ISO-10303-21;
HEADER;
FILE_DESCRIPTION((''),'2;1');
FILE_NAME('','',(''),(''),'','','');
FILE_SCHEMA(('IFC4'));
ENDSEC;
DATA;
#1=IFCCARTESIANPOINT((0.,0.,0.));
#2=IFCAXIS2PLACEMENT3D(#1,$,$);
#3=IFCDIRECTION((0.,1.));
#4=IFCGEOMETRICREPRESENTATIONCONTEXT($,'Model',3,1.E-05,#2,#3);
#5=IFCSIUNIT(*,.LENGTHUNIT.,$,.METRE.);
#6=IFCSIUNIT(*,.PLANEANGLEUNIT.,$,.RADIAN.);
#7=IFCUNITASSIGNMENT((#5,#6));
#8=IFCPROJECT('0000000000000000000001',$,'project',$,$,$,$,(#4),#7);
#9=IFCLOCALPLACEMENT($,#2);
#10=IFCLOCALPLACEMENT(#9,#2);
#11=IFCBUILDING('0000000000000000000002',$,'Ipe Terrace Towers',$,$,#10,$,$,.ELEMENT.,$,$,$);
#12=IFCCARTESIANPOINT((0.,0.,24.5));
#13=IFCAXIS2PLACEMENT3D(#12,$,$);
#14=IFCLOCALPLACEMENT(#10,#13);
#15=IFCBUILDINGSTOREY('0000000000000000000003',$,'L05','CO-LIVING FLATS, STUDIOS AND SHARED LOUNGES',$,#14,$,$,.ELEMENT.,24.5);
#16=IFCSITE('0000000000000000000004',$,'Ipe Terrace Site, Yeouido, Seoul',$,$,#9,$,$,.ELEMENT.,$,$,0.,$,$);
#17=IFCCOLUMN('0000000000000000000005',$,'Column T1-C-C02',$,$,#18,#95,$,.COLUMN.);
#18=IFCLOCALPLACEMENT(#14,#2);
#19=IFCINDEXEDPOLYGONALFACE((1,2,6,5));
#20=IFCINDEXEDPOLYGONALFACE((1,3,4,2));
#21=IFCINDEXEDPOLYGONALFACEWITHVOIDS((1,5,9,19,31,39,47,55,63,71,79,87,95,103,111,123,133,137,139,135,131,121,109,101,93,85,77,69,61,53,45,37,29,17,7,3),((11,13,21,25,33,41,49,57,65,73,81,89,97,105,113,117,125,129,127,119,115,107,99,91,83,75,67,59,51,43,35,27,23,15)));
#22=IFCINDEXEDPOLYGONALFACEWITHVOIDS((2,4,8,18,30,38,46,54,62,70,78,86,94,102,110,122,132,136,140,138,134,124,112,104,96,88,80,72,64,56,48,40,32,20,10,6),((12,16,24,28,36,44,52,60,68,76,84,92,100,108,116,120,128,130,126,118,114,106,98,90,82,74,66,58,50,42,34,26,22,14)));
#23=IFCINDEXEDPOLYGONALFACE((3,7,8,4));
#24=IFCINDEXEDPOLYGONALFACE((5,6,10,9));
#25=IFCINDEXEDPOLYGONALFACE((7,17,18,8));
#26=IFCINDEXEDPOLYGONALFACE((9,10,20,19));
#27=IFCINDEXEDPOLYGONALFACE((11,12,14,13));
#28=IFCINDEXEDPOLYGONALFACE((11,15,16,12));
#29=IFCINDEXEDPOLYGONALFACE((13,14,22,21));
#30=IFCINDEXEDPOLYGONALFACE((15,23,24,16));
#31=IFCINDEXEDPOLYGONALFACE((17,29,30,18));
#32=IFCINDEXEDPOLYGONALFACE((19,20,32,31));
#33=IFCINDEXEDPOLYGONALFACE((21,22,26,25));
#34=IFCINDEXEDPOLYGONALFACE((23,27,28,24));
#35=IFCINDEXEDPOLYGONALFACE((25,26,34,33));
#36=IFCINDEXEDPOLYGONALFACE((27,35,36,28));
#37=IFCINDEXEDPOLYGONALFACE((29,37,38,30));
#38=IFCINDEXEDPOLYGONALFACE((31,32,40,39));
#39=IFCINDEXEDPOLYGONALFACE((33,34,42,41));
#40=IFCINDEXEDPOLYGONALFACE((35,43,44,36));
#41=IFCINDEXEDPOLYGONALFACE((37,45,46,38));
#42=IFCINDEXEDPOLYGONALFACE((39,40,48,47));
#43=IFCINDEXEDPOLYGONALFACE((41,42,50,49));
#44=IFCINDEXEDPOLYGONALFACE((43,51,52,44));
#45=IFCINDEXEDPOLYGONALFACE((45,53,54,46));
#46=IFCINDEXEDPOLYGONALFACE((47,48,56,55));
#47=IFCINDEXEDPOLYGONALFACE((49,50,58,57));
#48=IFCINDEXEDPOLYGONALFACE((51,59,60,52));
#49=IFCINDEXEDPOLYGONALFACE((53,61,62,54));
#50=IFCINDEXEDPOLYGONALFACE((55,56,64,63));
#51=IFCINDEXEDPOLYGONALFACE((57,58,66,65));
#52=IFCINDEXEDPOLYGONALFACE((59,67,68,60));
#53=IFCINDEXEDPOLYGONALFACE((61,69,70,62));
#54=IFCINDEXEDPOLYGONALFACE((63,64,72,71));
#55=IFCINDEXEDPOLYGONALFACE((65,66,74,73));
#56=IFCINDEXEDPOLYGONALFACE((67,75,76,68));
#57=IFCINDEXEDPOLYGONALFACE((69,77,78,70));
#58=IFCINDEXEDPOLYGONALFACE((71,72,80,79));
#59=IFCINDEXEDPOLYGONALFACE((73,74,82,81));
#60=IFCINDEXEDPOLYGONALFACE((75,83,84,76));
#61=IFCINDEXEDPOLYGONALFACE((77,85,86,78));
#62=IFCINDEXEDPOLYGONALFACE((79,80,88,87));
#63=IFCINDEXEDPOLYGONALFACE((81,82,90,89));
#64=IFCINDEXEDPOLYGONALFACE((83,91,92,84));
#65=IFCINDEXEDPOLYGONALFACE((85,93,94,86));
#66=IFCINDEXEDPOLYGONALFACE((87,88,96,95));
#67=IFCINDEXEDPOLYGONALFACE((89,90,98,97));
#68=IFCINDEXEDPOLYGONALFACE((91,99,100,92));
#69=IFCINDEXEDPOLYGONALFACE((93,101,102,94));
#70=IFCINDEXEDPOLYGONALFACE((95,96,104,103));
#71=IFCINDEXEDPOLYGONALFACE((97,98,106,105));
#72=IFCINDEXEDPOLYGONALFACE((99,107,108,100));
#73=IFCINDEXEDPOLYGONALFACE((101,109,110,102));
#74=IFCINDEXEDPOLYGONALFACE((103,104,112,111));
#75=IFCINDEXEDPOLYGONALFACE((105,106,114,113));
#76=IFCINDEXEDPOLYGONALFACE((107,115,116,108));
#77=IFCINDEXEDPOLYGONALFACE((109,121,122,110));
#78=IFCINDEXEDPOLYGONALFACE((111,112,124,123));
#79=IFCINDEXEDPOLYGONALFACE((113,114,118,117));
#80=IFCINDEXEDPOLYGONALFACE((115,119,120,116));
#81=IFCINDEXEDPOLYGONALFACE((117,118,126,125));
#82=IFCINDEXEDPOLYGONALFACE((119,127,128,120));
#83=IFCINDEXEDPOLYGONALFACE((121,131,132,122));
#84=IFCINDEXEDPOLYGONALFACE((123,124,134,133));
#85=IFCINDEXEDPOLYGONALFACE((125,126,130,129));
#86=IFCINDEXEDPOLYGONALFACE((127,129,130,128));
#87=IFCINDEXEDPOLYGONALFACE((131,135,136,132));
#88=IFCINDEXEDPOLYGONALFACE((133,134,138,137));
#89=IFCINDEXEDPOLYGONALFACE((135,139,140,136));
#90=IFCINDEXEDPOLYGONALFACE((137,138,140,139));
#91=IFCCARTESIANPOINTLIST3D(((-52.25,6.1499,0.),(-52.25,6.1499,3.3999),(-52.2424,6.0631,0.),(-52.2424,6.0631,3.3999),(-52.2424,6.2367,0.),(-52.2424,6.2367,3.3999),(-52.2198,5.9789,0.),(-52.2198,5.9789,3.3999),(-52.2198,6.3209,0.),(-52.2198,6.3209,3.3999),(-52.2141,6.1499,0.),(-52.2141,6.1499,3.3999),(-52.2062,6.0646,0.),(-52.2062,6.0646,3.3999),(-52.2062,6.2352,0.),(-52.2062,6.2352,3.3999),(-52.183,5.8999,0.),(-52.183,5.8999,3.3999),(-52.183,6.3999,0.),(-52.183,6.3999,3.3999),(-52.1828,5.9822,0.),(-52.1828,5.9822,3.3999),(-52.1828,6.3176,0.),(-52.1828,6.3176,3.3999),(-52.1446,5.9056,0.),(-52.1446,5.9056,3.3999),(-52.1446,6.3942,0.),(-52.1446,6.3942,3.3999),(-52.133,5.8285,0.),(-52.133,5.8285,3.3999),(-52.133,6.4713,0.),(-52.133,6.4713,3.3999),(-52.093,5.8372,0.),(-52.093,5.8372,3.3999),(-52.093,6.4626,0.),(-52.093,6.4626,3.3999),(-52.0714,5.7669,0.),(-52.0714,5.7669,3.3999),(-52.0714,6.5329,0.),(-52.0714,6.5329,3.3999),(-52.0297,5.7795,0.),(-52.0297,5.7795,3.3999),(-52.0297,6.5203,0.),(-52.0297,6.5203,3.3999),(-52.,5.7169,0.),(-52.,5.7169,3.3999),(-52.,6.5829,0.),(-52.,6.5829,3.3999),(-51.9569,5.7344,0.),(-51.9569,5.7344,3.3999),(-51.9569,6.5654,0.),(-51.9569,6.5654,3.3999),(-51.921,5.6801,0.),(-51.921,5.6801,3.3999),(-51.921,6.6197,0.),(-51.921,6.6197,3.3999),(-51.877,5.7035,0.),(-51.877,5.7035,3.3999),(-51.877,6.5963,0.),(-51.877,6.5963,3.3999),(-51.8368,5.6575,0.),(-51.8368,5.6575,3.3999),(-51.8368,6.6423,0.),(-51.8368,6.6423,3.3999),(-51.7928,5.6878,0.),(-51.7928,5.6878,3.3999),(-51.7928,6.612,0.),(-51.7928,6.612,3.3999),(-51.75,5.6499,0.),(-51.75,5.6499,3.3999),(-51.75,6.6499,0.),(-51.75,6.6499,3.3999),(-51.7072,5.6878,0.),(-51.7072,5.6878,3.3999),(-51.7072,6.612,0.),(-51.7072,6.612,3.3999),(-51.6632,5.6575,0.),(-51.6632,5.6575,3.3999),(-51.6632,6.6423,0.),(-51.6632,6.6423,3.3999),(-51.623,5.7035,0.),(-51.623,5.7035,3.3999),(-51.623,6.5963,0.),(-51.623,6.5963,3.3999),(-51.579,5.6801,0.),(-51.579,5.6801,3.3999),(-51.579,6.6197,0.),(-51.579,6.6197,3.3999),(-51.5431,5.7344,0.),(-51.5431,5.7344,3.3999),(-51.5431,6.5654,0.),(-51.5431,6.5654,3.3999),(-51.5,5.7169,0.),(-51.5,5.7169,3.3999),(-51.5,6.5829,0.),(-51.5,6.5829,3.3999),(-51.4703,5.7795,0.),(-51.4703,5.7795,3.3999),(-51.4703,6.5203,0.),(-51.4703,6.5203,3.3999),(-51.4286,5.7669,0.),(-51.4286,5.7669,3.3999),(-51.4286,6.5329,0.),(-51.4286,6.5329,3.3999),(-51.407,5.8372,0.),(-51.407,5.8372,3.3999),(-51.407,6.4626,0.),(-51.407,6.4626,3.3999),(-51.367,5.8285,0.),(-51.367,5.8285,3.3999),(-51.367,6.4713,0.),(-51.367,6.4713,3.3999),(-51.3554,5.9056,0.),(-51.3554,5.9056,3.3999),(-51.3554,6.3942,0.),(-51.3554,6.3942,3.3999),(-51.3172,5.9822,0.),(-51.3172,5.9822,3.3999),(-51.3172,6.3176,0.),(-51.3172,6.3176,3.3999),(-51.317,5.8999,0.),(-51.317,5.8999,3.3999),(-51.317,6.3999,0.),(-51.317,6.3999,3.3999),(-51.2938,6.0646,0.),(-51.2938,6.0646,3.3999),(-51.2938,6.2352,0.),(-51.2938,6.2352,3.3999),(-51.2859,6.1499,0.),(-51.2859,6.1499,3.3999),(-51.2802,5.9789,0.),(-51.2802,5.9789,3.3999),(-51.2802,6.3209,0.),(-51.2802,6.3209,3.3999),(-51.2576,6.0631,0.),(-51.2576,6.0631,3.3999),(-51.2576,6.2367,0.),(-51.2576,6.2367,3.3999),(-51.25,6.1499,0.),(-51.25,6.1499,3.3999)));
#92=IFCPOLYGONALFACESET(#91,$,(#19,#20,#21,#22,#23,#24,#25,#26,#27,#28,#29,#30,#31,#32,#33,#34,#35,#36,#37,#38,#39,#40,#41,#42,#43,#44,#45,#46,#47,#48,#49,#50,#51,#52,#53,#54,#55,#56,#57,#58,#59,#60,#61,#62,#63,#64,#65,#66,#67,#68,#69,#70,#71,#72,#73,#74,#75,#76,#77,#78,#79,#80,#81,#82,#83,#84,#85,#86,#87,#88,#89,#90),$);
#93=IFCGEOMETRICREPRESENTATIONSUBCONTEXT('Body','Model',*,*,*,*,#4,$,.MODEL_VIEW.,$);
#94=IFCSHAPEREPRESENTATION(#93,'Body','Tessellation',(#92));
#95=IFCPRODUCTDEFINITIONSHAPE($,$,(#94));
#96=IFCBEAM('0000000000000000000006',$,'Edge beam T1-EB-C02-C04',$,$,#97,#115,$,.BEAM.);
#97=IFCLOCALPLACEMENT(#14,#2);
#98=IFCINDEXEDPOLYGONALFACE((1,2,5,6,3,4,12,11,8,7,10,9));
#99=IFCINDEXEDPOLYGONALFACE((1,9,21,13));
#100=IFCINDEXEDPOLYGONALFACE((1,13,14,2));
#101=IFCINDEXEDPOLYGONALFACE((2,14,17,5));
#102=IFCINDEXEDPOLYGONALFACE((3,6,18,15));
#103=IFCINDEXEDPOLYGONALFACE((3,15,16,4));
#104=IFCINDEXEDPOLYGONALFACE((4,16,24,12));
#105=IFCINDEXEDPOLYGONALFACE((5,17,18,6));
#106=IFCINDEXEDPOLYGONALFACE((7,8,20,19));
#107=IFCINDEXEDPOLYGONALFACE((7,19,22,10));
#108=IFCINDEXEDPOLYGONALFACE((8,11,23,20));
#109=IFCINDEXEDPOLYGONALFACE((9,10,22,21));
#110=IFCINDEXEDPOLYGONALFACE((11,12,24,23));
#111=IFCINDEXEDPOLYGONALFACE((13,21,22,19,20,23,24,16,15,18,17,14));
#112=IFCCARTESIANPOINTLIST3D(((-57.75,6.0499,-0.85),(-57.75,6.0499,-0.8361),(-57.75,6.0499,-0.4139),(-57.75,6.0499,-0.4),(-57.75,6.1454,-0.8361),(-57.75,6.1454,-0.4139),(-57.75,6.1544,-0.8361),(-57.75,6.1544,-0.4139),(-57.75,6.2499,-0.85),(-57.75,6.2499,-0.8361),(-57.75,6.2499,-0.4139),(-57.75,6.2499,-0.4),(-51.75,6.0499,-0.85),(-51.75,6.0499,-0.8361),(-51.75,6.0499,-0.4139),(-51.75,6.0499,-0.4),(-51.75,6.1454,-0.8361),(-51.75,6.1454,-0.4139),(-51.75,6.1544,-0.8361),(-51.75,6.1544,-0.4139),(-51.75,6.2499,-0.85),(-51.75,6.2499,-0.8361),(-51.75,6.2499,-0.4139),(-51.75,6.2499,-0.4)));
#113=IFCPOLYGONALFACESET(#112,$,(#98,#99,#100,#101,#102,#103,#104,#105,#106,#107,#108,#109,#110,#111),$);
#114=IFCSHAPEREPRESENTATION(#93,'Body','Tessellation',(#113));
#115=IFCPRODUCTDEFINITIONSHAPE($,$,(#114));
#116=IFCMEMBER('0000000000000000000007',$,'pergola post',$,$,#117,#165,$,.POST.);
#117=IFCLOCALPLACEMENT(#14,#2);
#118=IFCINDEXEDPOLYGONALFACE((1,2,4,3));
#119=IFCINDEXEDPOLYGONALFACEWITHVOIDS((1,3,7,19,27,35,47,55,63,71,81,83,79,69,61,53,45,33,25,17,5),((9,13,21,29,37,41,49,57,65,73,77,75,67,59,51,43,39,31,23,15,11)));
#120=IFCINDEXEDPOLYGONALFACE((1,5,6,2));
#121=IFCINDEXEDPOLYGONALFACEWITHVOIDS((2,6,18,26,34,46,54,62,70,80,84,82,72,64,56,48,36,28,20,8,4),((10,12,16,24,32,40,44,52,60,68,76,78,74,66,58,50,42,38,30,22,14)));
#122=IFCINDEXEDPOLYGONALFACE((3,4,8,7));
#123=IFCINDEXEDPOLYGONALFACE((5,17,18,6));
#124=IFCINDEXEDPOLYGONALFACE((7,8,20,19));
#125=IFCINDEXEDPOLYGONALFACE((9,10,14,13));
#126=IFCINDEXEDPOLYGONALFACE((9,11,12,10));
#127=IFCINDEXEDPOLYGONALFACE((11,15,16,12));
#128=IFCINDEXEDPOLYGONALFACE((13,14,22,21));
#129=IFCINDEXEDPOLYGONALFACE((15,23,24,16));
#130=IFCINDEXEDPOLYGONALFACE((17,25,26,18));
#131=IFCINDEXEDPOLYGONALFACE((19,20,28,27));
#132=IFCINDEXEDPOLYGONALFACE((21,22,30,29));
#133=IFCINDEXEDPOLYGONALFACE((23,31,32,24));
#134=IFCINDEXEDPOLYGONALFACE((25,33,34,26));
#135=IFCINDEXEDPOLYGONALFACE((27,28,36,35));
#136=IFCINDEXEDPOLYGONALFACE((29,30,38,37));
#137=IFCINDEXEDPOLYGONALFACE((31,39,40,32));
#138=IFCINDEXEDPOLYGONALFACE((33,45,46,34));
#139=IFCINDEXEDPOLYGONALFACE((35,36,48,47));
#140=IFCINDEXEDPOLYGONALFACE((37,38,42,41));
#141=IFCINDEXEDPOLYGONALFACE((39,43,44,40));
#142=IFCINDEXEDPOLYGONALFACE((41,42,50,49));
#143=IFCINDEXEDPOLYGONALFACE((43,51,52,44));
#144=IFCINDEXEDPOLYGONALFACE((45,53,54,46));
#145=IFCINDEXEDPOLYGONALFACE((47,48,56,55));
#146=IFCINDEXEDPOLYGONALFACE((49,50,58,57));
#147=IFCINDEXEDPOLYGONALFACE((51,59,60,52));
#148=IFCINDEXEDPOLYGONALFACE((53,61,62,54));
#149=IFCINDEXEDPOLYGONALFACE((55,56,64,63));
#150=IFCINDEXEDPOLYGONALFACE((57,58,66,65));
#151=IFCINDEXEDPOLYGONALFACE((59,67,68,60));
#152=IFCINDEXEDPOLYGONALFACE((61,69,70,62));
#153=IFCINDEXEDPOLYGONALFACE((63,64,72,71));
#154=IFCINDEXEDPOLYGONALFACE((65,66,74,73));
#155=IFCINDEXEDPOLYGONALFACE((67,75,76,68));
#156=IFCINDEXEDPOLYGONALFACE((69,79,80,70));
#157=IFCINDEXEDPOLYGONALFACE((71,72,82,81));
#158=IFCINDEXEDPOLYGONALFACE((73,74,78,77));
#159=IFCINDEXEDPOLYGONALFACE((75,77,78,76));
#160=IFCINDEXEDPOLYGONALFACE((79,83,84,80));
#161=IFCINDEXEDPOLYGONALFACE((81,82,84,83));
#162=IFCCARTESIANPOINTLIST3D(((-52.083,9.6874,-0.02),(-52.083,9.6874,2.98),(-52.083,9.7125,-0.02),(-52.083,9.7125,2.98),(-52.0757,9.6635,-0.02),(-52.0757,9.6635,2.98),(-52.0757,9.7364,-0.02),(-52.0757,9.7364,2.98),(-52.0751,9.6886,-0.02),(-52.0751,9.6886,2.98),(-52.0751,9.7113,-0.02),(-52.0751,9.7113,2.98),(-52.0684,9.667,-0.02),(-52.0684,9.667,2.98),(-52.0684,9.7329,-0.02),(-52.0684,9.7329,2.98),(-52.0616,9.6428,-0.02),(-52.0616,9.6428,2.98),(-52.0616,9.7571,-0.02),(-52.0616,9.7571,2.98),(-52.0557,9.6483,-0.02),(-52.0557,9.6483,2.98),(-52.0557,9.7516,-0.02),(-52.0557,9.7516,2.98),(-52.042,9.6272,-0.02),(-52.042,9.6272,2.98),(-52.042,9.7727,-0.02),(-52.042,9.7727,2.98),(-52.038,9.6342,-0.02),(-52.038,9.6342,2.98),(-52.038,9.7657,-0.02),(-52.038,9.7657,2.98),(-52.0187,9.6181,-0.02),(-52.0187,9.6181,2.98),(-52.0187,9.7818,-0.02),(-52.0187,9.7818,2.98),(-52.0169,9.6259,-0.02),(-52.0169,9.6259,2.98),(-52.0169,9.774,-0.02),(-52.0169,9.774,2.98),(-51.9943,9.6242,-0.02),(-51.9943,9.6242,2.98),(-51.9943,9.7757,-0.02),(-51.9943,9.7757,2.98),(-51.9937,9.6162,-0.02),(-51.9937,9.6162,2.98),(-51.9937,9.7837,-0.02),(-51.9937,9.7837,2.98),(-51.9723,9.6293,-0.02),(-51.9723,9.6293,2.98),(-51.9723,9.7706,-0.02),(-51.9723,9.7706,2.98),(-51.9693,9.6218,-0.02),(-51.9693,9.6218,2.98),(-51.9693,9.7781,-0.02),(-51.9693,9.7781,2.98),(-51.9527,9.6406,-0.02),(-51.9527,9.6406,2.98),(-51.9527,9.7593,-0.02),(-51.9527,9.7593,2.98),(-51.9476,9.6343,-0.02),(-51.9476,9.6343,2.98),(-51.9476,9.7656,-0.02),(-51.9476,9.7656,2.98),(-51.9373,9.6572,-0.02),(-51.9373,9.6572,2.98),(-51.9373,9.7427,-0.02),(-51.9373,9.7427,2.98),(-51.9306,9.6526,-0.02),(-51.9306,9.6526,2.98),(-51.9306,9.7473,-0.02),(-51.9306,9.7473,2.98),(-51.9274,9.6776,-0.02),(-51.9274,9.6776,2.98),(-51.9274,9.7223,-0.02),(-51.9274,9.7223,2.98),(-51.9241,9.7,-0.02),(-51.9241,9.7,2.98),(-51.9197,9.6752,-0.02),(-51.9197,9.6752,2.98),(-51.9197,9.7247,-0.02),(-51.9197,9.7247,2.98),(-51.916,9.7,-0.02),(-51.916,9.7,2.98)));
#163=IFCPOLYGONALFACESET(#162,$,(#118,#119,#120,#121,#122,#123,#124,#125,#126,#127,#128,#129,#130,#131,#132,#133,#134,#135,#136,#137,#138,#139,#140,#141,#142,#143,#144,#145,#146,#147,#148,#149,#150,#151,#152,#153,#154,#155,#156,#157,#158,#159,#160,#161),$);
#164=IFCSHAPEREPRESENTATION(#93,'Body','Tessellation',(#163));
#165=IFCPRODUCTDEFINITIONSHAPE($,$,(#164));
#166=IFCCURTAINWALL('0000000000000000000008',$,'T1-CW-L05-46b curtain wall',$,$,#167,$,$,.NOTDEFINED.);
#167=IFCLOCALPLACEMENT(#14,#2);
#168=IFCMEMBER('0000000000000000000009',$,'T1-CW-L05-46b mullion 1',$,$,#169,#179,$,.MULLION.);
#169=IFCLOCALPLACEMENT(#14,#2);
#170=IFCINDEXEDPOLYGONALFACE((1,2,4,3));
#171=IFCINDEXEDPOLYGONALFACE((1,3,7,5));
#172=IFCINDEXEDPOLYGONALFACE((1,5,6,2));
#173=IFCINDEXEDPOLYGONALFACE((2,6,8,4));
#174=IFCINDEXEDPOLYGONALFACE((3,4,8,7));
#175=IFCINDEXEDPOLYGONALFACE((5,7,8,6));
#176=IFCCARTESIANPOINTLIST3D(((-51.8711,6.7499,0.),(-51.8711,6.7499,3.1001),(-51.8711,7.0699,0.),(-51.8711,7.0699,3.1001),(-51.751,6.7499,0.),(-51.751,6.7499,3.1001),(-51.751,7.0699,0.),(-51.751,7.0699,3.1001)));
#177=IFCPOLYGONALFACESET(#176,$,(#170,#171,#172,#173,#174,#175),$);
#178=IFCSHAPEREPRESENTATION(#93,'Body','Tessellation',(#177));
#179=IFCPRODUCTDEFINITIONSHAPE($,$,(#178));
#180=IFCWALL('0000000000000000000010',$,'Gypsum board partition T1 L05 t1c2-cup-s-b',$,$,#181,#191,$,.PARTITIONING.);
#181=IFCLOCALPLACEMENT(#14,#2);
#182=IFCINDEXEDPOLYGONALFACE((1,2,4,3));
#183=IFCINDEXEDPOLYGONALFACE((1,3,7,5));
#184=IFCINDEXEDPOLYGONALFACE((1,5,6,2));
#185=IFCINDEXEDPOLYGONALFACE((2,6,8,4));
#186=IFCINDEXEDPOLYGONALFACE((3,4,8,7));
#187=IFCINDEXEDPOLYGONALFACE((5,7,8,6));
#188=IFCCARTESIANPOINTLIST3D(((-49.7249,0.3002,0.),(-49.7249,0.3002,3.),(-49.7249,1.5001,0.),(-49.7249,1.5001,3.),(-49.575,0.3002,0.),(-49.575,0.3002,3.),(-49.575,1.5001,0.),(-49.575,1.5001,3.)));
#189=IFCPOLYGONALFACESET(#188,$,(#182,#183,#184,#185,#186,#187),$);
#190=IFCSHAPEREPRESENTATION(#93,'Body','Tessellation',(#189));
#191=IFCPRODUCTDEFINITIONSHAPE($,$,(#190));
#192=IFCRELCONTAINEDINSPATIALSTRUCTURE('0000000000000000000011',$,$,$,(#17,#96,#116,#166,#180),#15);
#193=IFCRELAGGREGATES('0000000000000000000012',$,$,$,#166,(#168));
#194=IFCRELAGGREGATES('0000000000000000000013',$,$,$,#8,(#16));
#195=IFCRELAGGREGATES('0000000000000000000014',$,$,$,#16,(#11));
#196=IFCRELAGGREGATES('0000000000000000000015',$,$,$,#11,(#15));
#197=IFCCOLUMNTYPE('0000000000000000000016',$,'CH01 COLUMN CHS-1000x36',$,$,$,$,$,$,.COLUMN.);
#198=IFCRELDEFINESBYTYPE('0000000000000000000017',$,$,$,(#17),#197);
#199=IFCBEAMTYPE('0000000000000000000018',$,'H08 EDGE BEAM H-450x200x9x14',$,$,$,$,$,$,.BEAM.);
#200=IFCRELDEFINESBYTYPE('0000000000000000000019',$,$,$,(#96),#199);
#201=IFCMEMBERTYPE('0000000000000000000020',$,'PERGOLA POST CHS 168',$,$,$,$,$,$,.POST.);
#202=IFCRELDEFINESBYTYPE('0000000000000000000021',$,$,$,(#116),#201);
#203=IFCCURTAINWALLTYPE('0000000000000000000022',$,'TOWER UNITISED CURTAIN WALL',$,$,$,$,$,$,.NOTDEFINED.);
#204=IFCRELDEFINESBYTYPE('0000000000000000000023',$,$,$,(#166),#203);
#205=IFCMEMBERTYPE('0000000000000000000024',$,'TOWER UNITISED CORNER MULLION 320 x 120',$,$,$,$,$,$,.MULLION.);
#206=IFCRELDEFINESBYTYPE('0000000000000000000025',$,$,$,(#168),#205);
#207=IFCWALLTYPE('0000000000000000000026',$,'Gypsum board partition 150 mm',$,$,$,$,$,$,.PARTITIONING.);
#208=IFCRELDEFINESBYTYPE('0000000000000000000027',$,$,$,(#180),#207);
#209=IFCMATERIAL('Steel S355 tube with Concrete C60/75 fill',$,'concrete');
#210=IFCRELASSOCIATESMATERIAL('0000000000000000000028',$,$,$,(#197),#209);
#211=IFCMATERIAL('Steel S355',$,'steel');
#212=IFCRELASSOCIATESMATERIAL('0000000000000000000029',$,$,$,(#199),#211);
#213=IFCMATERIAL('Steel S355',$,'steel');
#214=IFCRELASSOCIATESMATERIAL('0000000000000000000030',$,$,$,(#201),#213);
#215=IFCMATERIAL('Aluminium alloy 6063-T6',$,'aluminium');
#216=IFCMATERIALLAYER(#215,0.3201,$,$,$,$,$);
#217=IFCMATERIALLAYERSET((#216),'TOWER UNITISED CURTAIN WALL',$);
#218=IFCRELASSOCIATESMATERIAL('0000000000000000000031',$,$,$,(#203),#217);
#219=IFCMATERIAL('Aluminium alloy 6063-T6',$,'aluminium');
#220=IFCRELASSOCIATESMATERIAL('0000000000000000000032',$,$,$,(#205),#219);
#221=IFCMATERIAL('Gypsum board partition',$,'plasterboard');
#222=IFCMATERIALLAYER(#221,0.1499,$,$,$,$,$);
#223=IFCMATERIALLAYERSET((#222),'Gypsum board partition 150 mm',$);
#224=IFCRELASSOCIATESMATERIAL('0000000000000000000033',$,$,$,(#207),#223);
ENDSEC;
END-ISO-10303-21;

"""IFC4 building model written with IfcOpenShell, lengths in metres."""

from ifc_helpers import new_model, si_unit, direction, frame, frame_2d, origin, origin_2d, place, context, subcontext, project, spatial, rectangle, hollow_circle, i_section, extrude, material, layer, layer_set, material_profile, profile_set, type_object, element, aggregate, save


model = new_model("IFC4")

# Units and contexts
model_context = context("Model", 3, precision=1e-05, world=origin(), true_north=direction((0.0, 1.0)))
body_context = subcontext(model_context, "Body", "Model", "MODEL_VIEW")
ifc_project = project(units=[si_unit("LENGTHUNIT", "METRE"), si_unit("PLANEANGLEUNIT", "RADIAN")], contexts=[model_context])

# Site, building, storey
site_placement = place(None, origin())
site = spatial("IfcSite", under=ifc_project, at=site_placement, Name="Ipe Terrace Site, Yeouido, Seoul", CompositionType="ELEMENT", RefElevation=0.0)
building_placement = place(site_placement, origin())
building = spatial("IfcBuilding", under=site, at=building_placement, Name="Ipe Terrace Towers", CompositionType="ELEMENT")
storey_placement = place(building_placement, frame((0.0, 0.0, 24.5)))
storey = spatial("IfcBuildingStorey", under=building, at=storey_placement, Name="L05", Description="CO-LIVING FLATS, STUDIOS AND SHARED LOUNGES", CompositionType="ELEMENT", Elevation=24.5)

# Column
ifc_material_1 = material(Name="Steel S355 tube with Concrete C60/75 fill", Category="concrete")
ifc_material_profile_1 = material_profile(ifc_material_1, hollow_circle(Radius=0.5, WallThickness=0.0359, at=origin_2d()), Name="CHS-1000x36")
ifc_profile_set_1 = profile_set([ifc_material_profile_1], Name="Steel S355 tube with Concrete C60/75 fill")
column_type = type_object("IfcColumnType", Name="CH01 COLUMN CHS-1000x36", PredefinedType="COLUMN", material=ifc_profile_set_1)
column_placement = place(storey_placement, frame((-51.75, 6.1499, 0.0), z_axis=(0.0, 0.0, 1.0), x_axis=(1.0, 0.0, 0.0)))
element("IfcColumn", 1, at=column_placement, inside=storey, type_object=column_type, Name="Column T1-C-C02", PredefinedType="COLUMN", context=body_context, shape_type="SweptSolid", body=[
    extrude(hollow_circle(Radius=0.5, WallThickness=0.0359, at=origin_2d()), origin(), (0.0, 0.0, 1.0), 3.3999),
])

# Beam
ifc_material_2 = material(Name="Steel S355", Category="steel")
ifc_material_profile_2 = material_profile(ifc_material_2, i_section(OverallWidth=0.2, OverallDepth=0.45, WebThickness=0.009, FlangeThickness=0.0139, at=origin_2d()), Name="H-450x200x9x14")
ifc_profile_set_2 = profile_set([ifc_material_profile_2], Name="Steel S355")
beam_type = type_object("IfcBeamType", Name="H08 EDGE BEAM H-450x200x9x14", PredefinedType="BEAM", material=ifc_profile_set_2)
beam_placement = place(storey_placement, frame((-51.75, 6.1499, -0.625), z_axis=(-1.0, 0.0, 0.0), x_axis=(0.0, -1.0, 0.0)))
element("IfcBeam", 2, at=beam_placement, inside=storey, type_object=beam_type, Name="Edge beam T1-EB-C02-C04", PredefinedType="BEAM", context=body_context, shape_type="SweptSolid", body=[
    extrude(i_section(OverallWidth=0.2, OverallDepth=0.45, WebThickness=0.009, FlangeThickness=0.0139, at=origin_2d()), origin(), (0.0, 0.0, 1.0), 6.0),
])

# Member
ifc_material_3 = material(Name="Steel S355", Category="steel")
ifc_material_profile_3 = material_profile(ifc_material_3, hollow_circle(Radius=0.084, WallThickness=0.0081, at=origin_2d()), Name="PERGOLA POST CHS 168")
ifc_profile_set_3 = profile_set([ifc_material_profile_3], Name="Steel S355")
member_type_1 = type_object("IfcMemberType", Name="PERGOLA POST CHS 168", PredefinedType="POST", material=ifc_profile_set_3)
member_1_placement = place(storey_placement, frame((-52.0, 9.7, -0.02), z_axis=(0.0, 0.0, 1.0), x_axis=(1.0, 0.0, 0.0)))
element("IfcMember", 3, at=member_1_placement, inside=storey, type_object=member_type_1, Name="pergola post", PredefinedType="POST", context=body_context, shape_type="SweptSolid", body=[
    extrude(hollow_circle(Radius=0.084, WallThickness=0.0081, at=origin_2d()), origin(), (0.0, 0.0, 1.0), 3.0),
])

# Curtain wall, member
ifc_material_4 = material(Name="Aluminium alloy 6063-T6", Category="aluminium")
ifc_layer_1 = layer(ifc_material_4, 0.3201)
ifc_layer_set_1 = layer_set([ifc_layer_1], Name="TOWER UNITISED CURTAIN WALL")
curtain_wall_type = type_object("IfcCurtainWallType", Name="TOWER UNITISED CURTAIN WALL", PredefinedType="NOTDEFINED", material=ifc_layer_set_1)
curtain_wall_placement = place(storey_placement, origin())
curtain_wall = element("IfcCurtainWall", 4, at=curtain_wall_placement, inside=storey, type_object=curtain_wall_type, Name="T1-CW-L05-46b curtain wall", PredefinedType="NOTDEFINED")
ifc_material_5 = material(Name="Aluminium alloy 6063-T6", Category="aluminium")
ifc_material_profile_4 = material_profile(ifc_material_5, rectangle(XDim=0.3201, YDim=0.1201, at=origin_2d()), Name="TOWER UNITISED CORNER MULLION 320 x 120")
ifc_profile_set_4 = profile_set([ifc_material_profile_4], Name="Aluminium alloy 6063-T6")
member_type_2 = type_object("IfcMemberType", Name="TOWER UNITISED CORNER MULLION 320 x 120", PredefinedType="MULLION", material=ifc_profile_set_4)
member_2_placement = place(storey_placement, frame((-51.811, 6.9099, 0.0), z_axis=(0.0, 0.0, 1.0), x_axis=(0.0, 1.0, 0.0)))
member_2 = element("IfcMember", 5, at=member_2_placement, type_object=member_type_2, Name="T1-CW-L05-46b mullion 1", PredefinedType="MULLION", context=body_context, shape_type="SweptSolid", body=[
    extrude(rectangle(XDim=0.3201, YDim=0.1201, at=origin_2d()), origin(), (0.0, 0.0, 1.0), 3.1001),
])
aggregate(curtain_wall, [member_2])

# Wall
ifc_material_6 = material(Name="Gypsum board partition", Category="plasterboard")
ifc_layer_2 = layer(ifc_material_6, 0.1499)
ifc_layer_set_2 = layer_set([ifc_layer_2], Name="Gypsum board partition 150 mm")
wall_type_1 = type_object("IfcWallType", Name="Gypsum board partition 150 mm", PredefinedType="PARTITIONING", material=ifc_layer_set_2)
wall_1_placement = place(storey_placement, frame((-49.6499, 0.3, 0.0), z_axis=(0.0, 0.0, 1.0), x_axis=(0.0, 1.0, 0.0)))
element("IfcWall", 6, at=wall_1_placement, inside=storey, type_object=wall_type_1, Name="Gypsum board partition T1 L05 t1c2-cup-s-b", PredefinedType="PARTITIONING", context=body_context, shape_type="SweptSolid", body=[
    extrude(rectangle(XDim=1.2, YDim=0.1499, at=frame_2d((0.6001, 0.0))), origin(), (0.0, 0.0, 1.0), 3.0),
])

save(model, "model.ifc")
